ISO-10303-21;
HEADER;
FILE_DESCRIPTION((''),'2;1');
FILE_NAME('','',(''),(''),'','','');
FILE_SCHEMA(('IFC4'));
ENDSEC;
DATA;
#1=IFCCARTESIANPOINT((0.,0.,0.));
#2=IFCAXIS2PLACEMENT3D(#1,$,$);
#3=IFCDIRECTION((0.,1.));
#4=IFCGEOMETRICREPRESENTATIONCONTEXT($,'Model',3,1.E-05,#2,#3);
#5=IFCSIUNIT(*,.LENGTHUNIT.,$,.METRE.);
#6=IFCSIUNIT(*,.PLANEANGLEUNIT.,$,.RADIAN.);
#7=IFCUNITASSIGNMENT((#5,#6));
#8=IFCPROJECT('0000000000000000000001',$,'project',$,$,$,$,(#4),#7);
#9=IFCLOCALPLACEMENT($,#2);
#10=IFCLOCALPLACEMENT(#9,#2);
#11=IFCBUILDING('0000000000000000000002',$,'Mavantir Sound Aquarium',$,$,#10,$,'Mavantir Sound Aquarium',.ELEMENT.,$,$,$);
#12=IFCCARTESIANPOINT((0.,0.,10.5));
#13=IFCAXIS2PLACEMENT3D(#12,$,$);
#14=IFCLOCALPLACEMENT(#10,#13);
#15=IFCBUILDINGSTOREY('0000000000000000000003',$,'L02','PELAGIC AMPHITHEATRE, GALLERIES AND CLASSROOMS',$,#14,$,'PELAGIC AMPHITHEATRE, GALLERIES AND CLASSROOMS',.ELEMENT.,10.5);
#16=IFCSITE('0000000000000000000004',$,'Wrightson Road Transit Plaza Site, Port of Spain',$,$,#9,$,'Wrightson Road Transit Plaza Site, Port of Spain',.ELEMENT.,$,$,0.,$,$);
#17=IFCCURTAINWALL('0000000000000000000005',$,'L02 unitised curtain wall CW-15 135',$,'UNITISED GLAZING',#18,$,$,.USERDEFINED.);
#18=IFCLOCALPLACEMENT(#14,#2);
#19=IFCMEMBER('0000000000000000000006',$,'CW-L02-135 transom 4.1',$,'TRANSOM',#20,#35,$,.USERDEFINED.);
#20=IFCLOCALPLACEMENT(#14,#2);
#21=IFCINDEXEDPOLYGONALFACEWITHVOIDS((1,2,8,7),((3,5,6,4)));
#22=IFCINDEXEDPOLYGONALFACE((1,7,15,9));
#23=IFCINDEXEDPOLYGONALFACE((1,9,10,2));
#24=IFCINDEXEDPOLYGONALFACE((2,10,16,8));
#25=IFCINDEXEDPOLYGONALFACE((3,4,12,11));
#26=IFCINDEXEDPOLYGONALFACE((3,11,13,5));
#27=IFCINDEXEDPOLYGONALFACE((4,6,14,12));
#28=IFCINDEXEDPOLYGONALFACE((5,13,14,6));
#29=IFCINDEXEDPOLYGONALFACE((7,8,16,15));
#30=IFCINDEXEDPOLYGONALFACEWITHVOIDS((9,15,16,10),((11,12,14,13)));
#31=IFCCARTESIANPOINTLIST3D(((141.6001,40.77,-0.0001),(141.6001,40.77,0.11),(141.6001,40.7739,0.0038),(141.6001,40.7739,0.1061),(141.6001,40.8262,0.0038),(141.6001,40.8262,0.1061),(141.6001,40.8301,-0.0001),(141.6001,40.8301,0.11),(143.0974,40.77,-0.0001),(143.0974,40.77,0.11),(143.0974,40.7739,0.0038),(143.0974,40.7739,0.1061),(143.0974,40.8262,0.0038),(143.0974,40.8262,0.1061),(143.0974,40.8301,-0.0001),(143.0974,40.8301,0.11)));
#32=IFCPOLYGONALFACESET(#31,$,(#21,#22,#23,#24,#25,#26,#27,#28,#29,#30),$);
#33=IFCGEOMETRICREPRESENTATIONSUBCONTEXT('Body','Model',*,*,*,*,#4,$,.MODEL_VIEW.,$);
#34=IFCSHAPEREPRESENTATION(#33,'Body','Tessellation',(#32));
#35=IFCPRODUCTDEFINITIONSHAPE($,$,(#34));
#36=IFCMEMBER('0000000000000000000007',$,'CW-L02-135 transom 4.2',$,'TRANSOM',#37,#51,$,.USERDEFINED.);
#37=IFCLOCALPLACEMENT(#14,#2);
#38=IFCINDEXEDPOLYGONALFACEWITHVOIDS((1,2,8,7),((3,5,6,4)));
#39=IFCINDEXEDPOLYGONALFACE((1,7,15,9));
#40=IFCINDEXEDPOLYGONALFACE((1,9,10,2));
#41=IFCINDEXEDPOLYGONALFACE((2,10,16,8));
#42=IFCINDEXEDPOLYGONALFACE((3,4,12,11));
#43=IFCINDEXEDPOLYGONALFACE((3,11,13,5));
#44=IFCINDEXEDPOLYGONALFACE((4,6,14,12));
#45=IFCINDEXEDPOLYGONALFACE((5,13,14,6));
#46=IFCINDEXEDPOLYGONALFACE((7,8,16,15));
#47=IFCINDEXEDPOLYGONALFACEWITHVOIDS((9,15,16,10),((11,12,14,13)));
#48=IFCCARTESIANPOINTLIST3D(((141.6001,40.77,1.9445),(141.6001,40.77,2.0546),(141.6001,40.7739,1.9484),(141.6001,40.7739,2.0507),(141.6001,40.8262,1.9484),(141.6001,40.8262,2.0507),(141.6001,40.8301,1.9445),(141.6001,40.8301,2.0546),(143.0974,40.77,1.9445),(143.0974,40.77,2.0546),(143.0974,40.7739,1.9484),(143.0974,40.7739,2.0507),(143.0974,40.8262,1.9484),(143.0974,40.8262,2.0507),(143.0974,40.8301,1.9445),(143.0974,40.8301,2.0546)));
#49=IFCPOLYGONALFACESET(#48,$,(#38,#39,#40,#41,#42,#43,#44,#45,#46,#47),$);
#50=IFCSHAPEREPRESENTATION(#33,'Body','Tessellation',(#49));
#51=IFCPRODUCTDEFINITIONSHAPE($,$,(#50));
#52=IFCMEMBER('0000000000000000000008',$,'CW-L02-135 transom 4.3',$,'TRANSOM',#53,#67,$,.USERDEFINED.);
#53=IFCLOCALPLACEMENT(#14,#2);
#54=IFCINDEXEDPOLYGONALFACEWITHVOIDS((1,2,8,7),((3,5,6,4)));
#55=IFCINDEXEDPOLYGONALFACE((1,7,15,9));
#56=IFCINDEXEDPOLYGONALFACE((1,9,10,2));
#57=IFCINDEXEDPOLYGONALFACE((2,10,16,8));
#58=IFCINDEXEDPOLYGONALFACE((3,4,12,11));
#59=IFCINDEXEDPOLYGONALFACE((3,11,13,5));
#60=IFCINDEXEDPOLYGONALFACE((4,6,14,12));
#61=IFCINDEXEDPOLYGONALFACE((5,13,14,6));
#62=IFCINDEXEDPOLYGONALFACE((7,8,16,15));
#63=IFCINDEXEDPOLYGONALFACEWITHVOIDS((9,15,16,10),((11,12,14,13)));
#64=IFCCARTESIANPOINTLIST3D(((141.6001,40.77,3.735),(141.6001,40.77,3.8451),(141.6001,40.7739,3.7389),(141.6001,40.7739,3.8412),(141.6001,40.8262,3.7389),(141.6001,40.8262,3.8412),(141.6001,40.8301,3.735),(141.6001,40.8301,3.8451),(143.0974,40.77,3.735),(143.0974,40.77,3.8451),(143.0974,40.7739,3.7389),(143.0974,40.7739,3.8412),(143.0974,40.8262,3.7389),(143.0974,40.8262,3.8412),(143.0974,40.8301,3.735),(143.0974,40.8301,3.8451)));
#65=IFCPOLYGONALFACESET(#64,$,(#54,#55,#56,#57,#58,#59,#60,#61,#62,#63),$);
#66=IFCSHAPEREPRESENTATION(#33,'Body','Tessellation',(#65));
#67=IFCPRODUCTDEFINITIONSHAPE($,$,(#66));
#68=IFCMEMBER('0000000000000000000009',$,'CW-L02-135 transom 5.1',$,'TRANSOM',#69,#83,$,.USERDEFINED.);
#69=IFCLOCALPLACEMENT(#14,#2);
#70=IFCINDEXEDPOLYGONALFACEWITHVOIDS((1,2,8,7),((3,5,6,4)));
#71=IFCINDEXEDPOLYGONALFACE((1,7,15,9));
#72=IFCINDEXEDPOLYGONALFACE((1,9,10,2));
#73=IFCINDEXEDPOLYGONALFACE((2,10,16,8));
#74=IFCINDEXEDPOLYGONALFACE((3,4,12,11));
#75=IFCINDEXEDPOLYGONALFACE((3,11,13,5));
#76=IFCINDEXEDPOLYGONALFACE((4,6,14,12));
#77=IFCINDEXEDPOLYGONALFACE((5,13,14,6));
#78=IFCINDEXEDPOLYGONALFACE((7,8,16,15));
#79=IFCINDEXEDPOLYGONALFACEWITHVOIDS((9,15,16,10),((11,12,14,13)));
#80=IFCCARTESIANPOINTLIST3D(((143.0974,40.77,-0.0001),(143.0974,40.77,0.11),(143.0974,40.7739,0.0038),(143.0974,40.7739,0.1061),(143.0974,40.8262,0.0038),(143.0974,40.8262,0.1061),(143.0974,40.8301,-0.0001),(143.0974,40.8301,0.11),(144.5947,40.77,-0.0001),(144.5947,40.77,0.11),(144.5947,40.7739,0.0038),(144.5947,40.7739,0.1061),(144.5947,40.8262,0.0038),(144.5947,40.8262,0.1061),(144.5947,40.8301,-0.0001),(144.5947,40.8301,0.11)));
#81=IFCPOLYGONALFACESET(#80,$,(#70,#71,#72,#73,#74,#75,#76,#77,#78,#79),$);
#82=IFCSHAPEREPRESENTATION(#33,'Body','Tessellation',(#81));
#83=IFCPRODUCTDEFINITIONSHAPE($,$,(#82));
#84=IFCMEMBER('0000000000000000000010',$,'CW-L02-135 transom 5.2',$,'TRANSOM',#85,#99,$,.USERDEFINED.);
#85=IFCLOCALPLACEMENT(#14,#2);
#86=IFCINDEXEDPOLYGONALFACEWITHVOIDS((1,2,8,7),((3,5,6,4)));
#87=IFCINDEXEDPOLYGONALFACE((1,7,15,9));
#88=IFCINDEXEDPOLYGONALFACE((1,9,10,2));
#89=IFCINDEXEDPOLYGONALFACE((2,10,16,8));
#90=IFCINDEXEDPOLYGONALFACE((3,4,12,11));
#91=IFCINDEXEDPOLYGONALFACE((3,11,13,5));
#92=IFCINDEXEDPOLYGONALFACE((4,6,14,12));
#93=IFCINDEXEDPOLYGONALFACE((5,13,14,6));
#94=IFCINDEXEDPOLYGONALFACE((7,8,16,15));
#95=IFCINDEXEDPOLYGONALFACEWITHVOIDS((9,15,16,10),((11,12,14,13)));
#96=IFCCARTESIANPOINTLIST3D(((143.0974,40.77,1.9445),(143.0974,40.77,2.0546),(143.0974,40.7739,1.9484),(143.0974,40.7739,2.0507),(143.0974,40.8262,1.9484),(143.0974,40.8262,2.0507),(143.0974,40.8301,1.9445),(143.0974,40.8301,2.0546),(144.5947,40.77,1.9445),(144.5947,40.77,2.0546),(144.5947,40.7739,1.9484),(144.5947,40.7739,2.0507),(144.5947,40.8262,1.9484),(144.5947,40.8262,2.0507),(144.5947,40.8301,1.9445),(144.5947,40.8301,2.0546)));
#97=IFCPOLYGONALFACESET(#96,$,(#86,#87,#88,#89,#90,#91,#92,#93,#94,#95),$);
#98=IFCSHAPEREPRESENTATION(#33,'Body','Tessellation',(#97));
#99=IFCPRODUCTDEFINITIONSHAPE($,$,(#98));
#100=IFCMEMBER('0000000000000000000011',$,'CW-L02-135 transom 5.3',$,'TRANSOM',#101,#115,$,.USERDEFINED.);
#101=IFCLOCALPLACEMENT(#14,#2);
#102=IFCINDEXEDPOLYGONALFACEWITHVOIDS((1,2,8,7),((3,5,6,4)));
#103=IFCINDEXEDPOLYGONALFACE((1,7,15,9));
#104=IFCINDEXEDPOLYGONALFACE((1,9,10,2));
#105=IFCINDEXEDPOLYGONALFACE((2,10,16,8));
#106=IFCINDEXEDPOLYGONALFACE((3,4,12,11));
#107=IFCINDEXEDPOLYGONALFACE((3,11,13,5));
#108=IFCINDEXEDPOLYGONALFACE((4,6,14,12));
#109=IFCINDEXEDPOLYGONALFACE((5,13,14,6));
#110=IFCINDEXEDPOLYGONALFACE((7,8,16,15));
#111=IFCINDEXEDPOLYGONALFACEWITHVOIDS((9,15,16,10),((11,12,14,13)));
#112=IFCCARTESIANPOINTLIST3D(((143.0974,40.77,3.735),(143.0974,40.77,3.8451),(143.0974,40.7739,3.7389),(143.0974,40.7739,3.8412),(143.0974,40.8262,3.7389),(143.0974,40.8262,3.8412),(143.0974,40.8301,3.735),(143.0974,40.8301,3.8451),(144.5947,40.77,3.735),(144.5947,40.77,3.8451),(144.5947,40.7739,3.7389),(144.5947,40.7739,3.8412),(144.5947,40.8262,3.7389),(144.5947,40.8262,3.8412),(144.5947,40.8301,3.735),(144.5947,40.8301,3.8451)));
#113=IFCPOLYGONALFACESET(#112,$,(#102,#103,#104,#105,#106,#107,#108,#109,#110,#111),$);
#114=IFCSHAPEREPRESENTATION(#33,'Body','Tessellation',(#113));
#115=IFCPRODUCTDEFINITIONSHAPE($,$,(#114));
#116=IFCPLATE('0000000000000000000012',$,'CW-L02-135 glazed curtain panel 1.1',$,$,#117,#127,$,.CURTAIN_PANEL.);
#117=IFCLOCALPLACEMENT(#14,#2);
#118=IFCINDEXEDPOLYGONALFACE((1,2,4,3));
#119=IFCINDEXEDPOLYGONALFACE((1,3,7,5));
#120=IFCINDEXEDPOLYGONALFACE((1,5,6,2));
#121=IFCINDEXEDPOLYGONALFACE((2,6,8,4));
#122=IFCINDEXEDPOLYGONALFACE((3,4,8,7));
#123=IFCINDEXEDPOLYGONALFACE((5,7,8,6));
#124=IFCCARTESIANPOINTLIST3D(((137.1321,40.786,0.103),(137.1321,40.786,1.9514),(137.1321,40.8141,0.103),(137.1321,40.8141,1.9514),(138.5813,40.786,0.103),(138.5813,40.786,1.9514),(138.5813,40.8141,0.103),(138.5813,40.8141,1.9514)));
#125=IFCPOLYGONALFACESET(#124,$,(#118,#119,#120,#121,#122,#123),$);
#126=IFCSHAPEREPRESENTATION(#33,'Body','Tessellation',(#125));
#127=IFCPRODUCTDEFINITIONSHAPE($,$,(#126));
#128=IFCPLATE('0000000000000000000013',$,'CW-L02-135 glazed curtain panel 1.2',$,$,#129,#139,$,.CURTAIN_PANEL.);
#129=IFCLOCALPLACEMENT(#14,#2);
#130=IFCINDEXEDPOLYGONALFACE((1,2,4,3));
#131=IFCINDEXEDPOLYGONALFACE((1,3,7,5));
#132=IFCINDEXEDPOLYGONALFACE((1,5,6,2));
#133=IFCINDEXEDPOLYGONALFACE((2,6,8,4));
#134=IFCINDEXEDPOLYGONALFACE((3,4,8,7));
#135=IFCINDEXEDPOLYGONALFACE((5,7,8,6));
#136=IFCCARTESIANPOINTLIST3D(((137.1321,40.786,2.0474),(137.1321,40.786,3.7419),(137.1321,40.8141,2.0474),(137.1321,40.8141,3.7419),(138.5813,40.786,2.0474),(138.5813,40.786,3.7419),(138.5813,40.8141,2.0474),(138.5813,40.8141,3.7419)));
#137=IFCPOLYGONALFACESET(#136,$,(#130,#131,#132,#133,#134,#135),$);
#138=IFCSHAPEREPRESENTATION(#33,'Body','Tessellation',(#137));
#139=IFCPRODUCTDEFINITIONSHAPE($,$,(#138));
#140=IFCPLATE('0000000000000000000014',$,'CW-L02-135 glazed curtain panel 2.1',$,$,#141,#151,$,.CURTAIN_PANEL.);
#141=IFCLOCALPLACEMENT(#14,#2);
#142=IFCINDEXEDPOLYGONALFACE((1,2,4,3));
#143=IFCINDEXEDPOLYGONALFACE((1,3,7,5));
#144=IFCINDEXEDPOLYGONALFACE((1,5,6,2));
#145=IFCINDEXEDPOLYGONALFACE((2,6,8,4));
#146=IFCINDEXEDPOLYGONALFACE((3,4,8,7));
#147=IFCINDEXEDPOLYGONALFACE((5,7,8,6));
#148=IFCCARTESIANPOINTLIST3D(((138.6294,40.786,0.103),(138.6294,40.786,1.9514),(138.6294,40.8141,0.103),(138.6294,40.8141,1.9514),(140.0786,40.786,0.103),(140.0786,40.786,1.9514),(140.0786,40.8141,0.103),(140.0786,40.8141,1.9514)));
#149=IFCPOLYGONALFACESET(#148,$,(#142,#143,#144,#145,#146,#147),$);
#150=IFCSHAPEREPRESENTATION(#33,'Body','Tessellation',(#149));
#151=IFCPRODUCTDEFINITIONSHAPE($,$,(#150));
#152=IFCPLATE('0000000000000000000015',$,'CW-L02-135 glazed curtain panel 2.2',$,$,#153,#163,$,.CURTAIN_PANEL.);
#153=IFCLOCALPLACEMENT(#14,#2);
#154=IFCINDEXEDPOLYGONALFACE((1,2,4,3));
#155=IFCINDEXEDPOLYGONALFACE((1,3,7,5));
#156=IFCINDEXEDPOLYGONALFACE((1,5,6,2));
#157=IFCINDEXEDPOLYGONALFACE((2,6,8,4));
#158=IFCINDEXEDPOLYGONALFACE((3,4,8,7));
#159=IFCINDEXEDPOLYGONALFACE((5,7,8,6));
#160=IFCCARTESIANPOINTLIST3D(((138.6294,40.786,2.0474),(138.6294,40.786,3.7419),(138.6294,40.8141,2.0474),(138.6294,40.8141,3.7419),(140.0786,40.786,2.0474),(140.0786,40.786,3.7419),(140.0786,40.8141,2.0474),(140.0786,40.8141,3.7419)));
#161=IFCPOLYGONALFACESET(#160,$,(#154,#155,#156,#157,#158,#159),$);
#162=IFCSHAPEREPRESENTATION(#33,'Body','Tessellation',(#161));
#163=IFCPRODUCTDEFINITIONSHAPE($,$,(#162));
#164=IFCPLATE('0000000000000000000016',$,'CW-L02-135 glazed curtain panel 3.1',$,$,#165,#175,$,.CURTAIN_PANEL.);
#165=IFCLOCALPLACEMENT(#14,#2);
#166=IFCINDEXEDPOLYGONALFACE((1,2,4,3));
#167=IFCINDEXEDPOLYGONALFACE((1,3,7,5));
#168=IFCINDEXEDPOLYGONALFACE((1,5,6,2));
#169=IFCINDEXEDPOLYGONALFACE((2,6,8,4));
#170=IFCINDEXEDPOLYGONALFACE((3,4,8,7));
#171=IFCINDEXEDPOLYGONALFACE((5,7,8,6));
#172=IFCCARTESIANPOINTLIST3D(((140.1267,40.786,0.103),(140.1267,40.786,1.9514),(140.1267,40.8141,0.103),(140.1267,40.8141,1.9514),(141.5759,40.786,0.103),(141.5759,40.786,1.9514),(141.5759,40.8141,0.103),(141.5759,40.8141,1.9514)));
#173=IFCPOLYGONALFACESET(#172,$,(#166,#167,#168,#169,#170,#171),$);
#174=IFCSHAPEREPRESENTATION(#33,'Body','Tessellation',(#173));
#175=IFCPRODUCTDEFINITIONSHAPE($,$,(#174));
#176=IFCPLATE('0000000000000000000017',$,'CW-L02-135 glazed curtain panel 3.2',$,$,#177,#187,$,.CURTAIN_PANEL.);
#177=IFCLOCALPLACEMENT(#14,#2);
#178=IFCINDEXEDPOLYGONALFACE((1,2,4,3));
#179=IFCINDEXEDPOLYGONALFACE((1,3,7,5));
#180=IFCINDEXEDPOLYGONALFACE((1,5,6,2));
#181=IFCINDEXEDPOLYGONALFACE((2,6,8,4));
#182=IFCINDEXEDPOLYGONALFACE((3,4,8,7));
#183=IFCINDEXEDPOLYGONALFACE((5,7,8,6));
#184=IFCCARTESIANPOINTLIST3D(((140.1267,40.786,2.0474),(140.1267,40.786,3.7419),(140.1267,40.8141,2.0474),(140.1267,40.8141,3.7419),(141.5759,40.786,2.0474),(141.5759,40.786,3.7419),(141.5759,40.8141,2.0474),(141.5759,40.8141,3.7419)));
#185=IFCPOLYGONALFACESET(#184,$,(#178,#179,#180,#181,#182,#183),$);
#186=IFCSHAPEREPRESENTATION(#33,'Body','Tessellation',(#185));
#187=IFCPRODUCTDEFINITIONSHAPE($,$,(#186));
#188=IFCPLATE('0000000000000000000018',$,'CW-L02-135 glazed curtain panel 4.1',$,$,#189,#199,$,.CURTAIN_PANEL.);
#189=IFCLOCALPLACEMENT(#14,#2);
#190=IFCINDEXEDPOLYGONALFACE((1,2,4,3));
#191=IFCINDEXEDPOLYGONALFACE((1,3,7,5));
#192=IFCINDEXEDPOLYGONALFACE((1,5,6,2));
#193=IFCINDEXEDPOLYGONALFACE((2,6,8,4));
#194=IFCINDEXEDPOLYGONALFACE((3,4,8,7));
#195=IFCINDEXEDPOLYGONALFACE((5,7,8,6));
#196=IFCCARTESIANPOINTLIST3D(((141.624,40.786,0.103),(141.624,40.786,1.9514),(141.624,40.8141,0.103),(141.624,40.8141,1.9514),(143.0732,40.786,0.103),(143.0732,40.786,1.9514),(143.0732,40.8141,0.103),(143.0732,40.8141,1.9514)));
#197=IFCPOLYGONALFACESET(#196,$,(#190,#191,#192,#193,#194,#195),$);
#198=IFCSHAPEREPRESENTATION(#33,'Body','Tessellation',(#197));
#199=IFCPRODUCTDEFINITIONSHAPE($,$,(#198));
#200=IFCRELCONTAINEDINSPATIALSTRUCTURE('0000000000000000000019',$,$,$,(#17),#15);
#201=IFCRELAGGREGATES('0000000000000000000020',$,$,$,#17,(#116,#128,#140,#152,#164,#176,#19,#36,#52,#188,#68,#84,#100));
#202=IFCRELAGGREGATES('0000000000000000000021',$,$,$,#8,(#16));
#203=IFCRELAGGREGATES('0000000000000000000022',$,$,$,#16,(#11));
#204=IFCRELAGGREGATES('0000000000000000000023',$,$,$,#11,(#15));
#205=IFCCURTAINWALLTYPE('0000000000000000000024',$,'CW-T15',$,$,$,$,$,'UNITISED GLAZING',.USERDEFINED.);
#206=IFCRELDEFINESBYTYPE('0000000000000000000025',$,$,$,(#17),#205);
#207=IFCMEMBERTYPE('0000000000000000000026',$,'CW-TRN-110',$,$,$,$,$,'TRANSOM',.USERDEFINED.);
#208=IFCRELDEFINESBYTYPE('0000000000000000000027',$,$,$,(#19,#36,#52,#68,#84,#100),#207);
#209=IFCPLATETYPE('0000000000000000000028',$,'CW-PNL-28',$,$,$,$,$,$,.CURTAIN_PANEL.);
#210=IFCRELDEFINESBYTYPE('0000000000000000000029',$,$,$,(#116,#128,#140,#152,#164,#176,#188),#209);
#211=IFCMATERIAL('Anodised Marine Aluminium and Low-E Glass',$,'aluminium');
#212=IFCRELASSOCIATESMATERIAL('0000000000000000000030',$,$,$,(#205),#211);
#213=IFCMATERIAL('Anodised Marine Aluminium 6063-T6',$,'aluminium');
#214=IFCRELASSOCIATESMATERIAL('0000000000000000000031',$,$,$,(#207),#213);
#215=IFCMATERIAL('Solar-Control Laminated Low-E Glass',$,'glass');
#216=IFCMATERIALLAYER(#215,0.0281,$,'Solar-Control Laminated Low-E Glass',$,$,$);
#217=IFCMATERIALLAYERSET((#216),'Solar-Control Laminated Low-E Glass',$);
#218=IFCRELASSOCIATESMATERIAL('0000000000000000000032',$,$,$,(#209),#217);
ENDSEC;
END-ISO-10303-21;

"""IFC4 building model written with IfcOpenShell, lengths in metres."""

from ifc_helpers import new_model, si_unit, direction, frame, origin, origin_2d, place, context, subcontext, project, spatial, rectangle, hollow_rectangle, extrude, material, layer, layer_set, material_profile, profile_set, type_object, element, aggregate, save


model = new_model("IFC4")

# Units and contexts
model_context = context("Model", 3, precision=1e-05, world=origin(), true_north=direction((0.0, 1.0)))
body_context = subcontext(model_context, "Body", "Model", "MODEL_VIEW")
ifc_project = project(units=[si_unit("LENGTHUNIT", "METRE"), si_unit("PLANEANGLEUNIT", "RADIAN")], contexts=[model_context])

# Site, building, storey
site_placement = place(None, origin())
site = spatial("IfcSite", under=ifc_project, at=site_placement, Name="Wrightson Road Transit Plaza Site, Port of Spain", LongName="Wrightson Road Transit Plaza Site, Port of Spain", CompositionType="ELEMENT", RefElevation=0.0)
building_placement = place(site_placement, origin())
building = spatial("IfcBuilding", under=site, at=building_placement, Name="Mavantir Sound Aquarium", LongName="Mavantir Sound Aquarium", CompositionType="ELEMENT")
storey_placement = place(building_placement, frame((0.0, 0.0, 10.5)))
storey = spatial("IfcBuildingStorey", under=building, at=storey_placement, Name="L02", Description="PELAGIC AMPHITHEATRE, GALLERIES AND CLASSROOMS", LongName="PELAGIC AMPHITHEATRE, GALLERIES AND CLASSROOMS", CompositionType="ELEMENT", Elevation=10.5)

# Curtain wall, members, plates
ifc_material_1 = material(Name="Anodised Marine Aluminium and Low-E Glass", Category="aluminium")
curtain_wall_type = type_object("IfcCurtainWallType", Name="CW-T15", ElementType="UNITISED GLAZING", PredefinedType="USERDEFINED", material=ifc_material_1)
curtain_wall_placement = place(storey_placement, origin())
curtain_wall = element("IfcCurtainWall", 1, at=curtain_wall_placement, inside=storey, type_object=curtain_wall_type, Name="L02 unitised curtain wall CW-15 135", ObjectType="UNITISED GLAZING", PredefinedType="USERDEFINED")
ifc_material_2 = material(Name="Anodised Marine Aluminium 6063-T6", Category="aluminium")
ifc_material_profile_1 = material_profile(ifc_material_2, hollow_rectangle(XDim=0.0601, YDim=0.1101, WallThickness=0.0039, at=origin_2d()), Name="ALU-TRANSOM-110X60")
ifc_profile_set_1 = profile_set([ifc_material_profile_1], Name="Anodised Marine Aluminium 6063-T6")
member_type_1 = type_object("IfcMemberType", Name="CW-TRN-110", ElementType="TRANSOM", PredefinedType="USERDEFINED", material=ifc_profile_set_1)
member_1_placement = place(storey_placement, frame((141.6001, 40.8, 0.0549), z_axis=(1.0, 0.0, 0.0), x_axis=(0.0, 1.0, 0.0)))
member_1 = element("IfcMember", 2, at=member_1_placement, type_object=member_type_1, Name="CW-L02-135 transom 4.1", ObjectType="TRANSOM", PredefinedType="USERDEFINED", context=body_context, shape_type="SweptSolid", body=[
    extrude(hollow_rectangle(XDim=0.0601, YDim=0.1101, WallThickness=0.0039, at=origin_2d()), origin(), (0.0, 0.0, 1.0), 1.4973),
])
member_2_placement = place(storey_placement, frame((141.6001, 40.8, 1.9995), z_axis=(1.0, 0.0, 0.0), x_axis=(0.0, 1.0, 0.0)))
member_2 = element("IfcMember", 3, at=member_2_placement, type_object=member_type_1, Name="CW-L02-135 transom 4.2", ObjectType="TRANSOM", PredefinedType="USERDEFINED", context=body_context, shape_type="SweptSolid", body=[
    extrude(hollow_rectangle(XDim=0.0601, YDim=0.1101, WallThickness=0.0039, at=origin_2d()), origin(), (0.0, 0.0, 1.0), 1.4973),
])
member_3_placement = place(storey_placement, frame((141.6001, 40.8, 3.79), z_axis=(1.0, 0.0, 0.0), x_axis=(0.0, 1.0, 0.0)))
member_3 = element("IfcMember", 4, at=member_3_placement, type_object=member_type_1, Name="CW-L02-135 transom 4.3", ObjectType="TRANSOM", PredefinedType="USERDEFINED", context=body_context, shape_type="SweptSolid", body=[
    extrude(hollow_rectangle(XDim=0.0601, YDim=0.1101, WallThickness=0.0039, at=origin_2d()), origin(), (0.0, 0.0, 1.0), 1.4973),
])
member_4_placement = place(storey_placement, frame((143.0974, 40.8, 0.0549), z_axis=(1.0, 0.0, 0.0), x_axis=(0.0, 1.0, 0.0)))
member_4 = element("IfcMember", 5, at=member_4_placement, type_object=member_type_1, Name="CW-L02-135 transom 5.1", ObjectType="TRANSOM", PredefinedType="USERDEFINED", context=body_context, shape_type="SweptSolid", body=[
    extrude(hollow_rectangle(XDim=0.0601, YDim=0.1101, WallThickness=0.0039, at=origin_2d()), origin(), (0.0, 0.0, 1.0), 1.4973),
])
member_5_placement = place(storey_placement, frame((143.0974, 40.8, 1.9995), z_axis=(1.0, 0.0, 0.0), x_axis=(0.0, 1.0, 0.0)))
member_5 = element("IfcMember", 6, at=member_5_placement, type_object=member_type_1, Name="CW-L02-135 transom 5.2", ObjectType="TRANSOM", PredefinedType="USERDEFINED", context=body_context, shape_type="SweptSolid", body=[
    extrude(hollow_rectangle(XDim=0.0601, YDim=0.1101, WallThickness=0.0039, at=origin_2d()), origin(), (0.0, 0.0, 1.0), 1.4973),
])
member_6_placement = place(storey_placement, frame((143.0974, 40.8, 3.79), z_axis=(1.0, 0.0, 0.0), x_axis=(0.0, 1.0, 0.0)))
member_6 = element("IfcMember", 7, at=member_6_placement, type_object=member_type_1, Name="CW-L02-135 transom 5.3", ObjectType="TRANSOM", PredefinedType="USERDEFINED", context=body_context, shape_type="SweptSolid", body=[
    extrude(hollow_rectangle(XDim=0.0601, YDim=0.1101, WallThickness=0.0039, at=origin_2d()), origin(), (0.0, 0.0, 1.0), 1.4973),
])
ifc_material_3 = material(Name="Solar-Control Laminated Low-E Glass", Category="glass")
ifc_layer = layer(ifc_material_3, 0.0281, Name="Solar-Control Laminated Low-E Glass")
ifc_layer_set = layer_set([ifc_layer], Name="Solar-Control Laminated Low-E Glass")
plate_type = type_object("IfcPlateType", Name="CW-PNL-28", PredefinedType="CURTAIN_PANEL", material=ifc_layer_set)
plate_1_placement = place(storey_placement, frame((137.8567, 40.8, 0.103), z_axis=(0.0, 0.0, 1.0), x_axis=(1.0, 0.0, 0.0)))
plate_1 = element("IfcPlate", 8, at=plate_1_placement, type_object=plate_type, Name="CW-L02-135 glazed curtain panel 1.1", PredefinedType="CURTAIN_PANEL", context=body_context, shape_type="SweptSolid", body=[
    extrude(rectangle(XDim=1.4492, YDim=0.0281, at=origin_2d()), origin(), (0.0, 0.0, 1.0), 1.8484),
])
plate_2_placement = place(storey_placement, frame((137.8567, 40.8, 2.0474), z_axis=(0.0, 0.0, 1.0), x_axis=(1.0, 0.0, 0.0)))
plate_2 = element("IfcPlate", 9, at=plate_2_placement, type_object=plate_type, Name="CW-L02-135 glazed curtain panel 1.2", PredefinedType="CURTAIN_PANEL", context=body_context, shape_type="SweptSolid", body=[
    extrude(rectangle(XDim=1.4492, YDim=0.0281, at=origin_2d()), origin(), (0.0, 0.0, 1.0), 1.6946),
])
plate_3_placement = place(storey_placement, frame((139.354, 40.8, 0.103), z_axis=(0.0, 0.0, 1.0), x_axis=(1.0, 0.0, 0.0)))
plate_3 = element("IfcPlate", 10, at=plate_3_placement, type_object=plate_type, Name="CW-L02-135 glazed curtain panel 2.1", PredefinedType="CURTAIN_PANEL", context=body_context, shape_type="SweptSolid", body=[
    extrude(rectangle(XDim=1.4492, YDim=0.0281, at=origin_2d()), origin(), (0.0, 0.0, 1.0), 1.8484),
])
plate_4_placement = place(storey_placement, frame((139.354, 40.8, 2.0474), z_axis=(0.0, 0.0, 1.0), x_axis=(1.0, 0.0, 0.0)))
plate_4 = element("IfcPlate", 11, at=plate_4_placement, type_object=plate_type, Name="CW-L02-135 glazed curtain panel 2.2", PredefinedType="CURTAIN_PANEL", context=body_context, shape_type="SweptSolid", body=[
    extrude(rectangle(XDim=1.4492, YDim=0.0281, at=origin_2d()), origin(), (0.0, 0.0, 1.0), 1.6946),
])
plate_5_placement = place(storey_placement, frame((140.8513, 40.8, 0.103), z_axis=(0.0, 0.0, 1.0), x_axis=(1.0, 0.0, 0.0)))
plate_5 = element("IfcPlate", 12, at=plate_5_placement, type_object=plate_type, Name="CW-L02-135 glazed curtain panel 3.1", PredefinedType="CURTAIN_PANEL", context=body_context, shape_type="SweptSolid", body=[
    extrude(rectangle(XDim=1.4492, YDim=0.0281, at=origin_2d()), origin(), (0.0, 0.0, 1.0), 1.8484),
])
plate_6_placement = place(storey_placement, frame((140.8513, 40.8, 2.0474), z_axis=(0.0, 0.0, 1.0), x_axis=(1.0, 0.0, 0.0)))
plate_6 = element("IfcPlate", 13, at=plate_6_placement, type_object=plate_type, Name="CW-L02-135 glazed curtain panel 3.2", PredefinedType="CURTAIN_PANEL", context=body_context, shape_type="SweptSolid", body=[
    extrude(rectangle(XDim=1.4492, YDim=0.0281, at=origin_2d()), origin(), (0.0, 0.0, 1.0), 1.6946),
])
plate_7_placement = place(storey_placement, frame((142.3486, 40.8, 0.103), z_axis=(0.0, 0.0, 1.0), x_axis=(1.0, 0.0, 0.0)))
plate_7 = element("IfcPlate", 14, at=plate_7_placement, type_object=plate_type, Name="CW-L02-135 glazed curtain panel 4.1", PredefinedType="CURTAIN_PANEL", context=body_context, shape_type="SweptSolid", body=[
    extrude(rectangle(XDim=1.4492, YDim=0.0281, at=origin_2d()), origin(), (0.0, 0.0, 1.0), 1.8484),
])
aggregate(curtain_wall, [plate_1, plate_2, plate_3, plate_4, plate_5, plate_6, member_1, member_2, member_3, plate_7, member_4, member_5, member_6])

save(model, "model.ifc")
